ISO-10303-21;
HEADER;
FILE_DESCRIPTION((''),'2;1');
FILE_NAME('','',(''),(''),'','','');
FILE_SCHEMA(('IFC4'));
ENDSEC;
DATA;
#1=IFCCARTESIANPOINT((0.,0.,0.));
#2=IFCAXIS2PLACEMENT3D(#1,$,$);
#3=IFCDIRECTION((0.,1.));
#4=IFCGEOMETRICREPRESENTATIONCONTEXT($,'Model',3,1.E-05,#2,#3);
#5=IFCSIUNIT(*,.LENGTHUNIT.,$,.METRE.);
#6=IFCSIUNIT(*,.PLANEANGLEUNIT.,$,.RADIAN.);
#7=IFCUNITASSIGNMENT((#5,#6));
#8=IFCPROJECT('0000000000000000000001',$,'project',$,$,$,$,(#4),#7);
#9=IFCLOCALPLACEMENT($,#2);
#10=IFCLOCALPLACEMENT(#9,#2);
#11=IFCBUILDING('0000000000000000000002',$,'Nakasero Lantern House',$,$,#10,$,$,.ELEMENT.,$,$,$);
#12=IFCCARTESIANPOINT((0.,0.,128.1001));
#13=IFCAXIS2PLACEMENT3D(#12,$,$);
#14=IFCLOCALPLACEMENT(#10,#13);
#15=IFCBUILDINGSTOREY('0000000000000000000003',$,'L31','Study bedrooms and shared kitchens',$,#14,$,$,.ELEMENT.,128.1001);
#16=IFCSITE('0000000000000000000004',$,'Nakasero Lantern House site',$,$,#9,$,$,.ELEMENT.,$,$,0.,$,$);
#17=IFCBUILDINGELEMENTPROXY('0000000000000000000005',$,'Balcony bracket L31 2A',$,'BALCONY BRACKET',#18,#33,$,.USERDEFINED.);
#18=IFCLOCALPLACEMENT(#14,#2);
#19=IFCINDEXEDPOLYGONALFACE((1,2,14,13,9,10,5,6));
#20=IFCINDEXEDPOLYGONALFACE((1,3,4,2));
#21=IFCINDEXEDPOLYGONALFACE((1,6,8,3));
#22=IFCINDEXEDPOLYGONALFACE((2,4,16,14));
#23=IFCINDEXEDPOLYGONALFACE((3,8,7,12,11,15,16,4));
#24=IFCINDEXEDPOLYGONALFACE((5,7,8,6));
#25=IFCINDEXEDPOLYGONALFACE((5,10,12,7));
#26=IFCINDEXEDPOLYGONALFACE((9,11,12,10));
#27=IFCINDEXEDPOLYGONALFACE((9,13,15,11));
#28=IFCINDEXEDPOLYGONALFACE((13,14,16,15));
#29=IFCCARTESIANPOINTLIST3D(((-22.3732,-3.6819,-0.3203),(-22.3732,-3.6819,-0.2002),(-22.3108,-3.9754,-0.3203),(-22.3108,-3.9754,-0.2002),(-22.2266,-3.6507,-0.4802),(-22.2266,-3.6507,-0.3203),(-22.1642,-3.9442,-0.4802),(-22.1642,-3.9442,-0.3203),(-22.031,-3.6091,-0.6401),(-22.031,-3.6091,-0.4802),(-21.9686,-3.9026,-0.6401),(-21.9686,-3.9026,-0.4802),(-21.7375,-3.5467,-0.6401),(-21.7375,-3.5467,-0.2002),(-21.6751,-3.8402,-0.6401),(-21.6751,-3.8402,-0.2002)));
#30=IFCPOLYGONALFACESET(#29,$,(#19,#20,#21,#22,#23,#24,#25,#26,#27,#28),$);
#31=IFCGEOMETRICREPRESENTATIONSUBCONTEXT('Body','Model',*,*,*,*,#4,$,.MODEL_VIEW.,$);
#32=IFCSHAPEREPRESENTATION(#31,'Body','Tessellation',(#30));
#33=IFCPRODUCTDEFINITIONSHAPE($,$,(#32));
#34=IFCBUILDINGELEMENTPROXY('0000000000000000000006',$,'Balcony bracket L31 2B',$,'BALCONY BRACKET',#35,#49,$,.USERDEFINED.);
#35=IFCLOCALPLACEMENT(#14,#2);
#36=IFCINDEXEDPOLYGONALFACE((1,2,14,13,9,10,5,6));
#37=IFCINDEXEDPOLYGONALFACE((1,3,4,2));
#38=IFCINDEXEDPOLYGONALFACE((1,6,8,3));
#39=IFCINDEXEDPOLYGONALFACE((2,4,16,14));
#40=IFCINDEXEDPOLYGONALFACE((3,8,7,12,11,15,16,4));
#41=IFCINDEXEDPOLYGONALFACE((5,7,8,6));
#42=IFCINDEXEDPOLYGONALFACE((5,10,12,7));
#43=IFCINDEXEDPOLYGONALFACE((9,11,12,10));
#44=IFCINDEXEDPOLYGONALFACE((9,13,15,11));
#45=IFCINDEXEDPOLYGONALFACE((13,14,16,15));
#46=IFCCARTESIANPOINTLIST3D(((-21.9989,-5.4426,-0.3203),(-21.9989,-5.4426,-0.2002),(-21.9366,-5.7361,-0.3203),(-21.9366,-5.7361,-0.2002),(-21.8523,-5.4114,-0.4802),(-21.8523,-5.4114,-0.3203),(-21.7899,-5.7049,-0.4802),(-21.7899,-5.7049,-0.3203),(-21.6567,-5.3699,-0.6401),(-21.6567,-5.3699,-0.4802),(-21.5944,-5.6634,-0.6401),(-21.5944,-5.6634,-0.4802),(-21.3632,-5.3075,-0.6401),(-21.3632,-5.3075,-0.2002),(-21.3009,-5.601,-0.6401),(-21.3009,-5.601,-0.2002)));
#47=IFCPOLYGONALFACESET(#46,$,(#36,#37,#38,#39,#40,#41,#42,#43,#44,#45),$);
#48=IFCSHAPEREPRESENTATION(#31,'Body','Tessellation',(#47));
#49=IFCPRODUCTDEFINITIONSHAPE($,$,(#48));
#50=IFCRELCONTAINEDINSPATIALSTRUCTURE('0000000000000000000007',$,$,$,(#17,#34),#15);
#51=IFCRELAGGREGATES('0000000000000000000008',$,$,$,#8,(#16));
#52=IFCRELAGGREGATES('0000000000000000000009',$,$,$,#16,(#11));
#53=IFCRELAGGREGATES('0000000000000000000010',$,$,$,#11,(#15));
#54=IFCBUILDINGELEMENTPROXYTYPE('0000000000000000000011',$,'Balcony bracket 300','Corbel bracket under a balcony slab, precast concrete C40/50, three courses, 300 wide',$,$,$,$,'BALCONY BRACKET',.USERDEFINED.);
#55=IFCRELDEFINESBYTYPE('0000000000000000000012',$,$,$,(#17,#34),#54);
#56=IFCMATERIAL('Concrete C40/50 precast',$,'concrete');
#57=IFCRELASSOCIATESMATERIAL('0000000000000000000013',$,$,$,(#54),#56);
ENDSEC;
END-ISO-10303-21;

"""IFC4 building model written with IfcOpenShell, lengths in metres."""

from ifc_helpers import new_model, si_unit, direction, frame, origin, place, context, subcontext, project, spatial, polyline, outline, extrude, material, type_object, element, save


model = new_model("IFC4")

# Units and contexts
model_context = context("Model", 3, precision=1e-05, world=origin(), true_north=direction((0.0, 1.0)))
body_context = subcontext(model_context, "Body", "Model", "MODEL_VIEW")
ifc_project = project(units=[si_unit("LENGTHUNIT", "METRE"), si_unit("PLANEANGLEUNIT", "RADIAN")], contexts=[model_context])

# Site, building, storey
site_placement = place(None, origin())
site = spatial("IfcSite", under=ifc_project, at=site_placement, Name="Nakasero Lantern House site", CompositionType="ELEMENT", RefElevation=0.0)
building_placement = place(site_placement, origin())
building = spatial("IfcBuilding", under=site, at=building_placement, Name="Nakasero Lantern House", CompositionType="ELEMENT")
storey_placement = place(building_placement, frame((0.0, 0.0, 128.1001)))
storey = spatial("IfcBuildingStorey", under=building, at=storey_placement, Name="L31", Description="Study bedrooms and shared kitchens", CompositionType="ELEMENT", Elevation=128.1001)

# Building element proxies
ifc_material_1 = material(Name="Concrete C40/50 precast", Category="concrete")
building_element_proxy_type = type_object("IfcBuildingElementProxyType", Name="Balcony bracket 300", Description="Corbel bracket under a balcony slab, precast concrete C40/50, three courses, 300 wide", ElementType="BALCONY BRACKET", PredefinedType="USERDEFINED", material=ifc_material_1)
for number, where, z_axis, x_axis, name in (
    (1, (-21.7063, -3.6936, -0.2002), (0.0, 0.0, 1.0), (-0.978148, -0.207912, 0.0), "Balcony bracket L31 2A"),
    (2, (-21.332, -5.4543, -0.2002), (0.0, 0.0, 1.0), (-0.978148, -0.207912, 0.0), "Balcony bracket L31 2B"),
):
    element("IfcBuildingElementProxy", number, at=place(storey_placement, frame(where, z_axis=z_axis, x_axis=x_axis)), inside=storey, type_object=building_element_proxy_type, Name=name, ObjectType="BALCONY BRACKET", PredefinedType="USERDEFINED", context=body_context, shape_type="SweptSolid", body=[
        extrude(outline(polyline([(0.0, 0.0), (0.6499, 0.0), (0.6499, -0.1201), (0.5, -0.1201), (0.5, -0.28), (0.3, -0.28), (0.3, -0.4399), (0.0, -0.4399), (0.0, 0.0)])), frame((0.0, 0.1499, 0.0), z_axis=(0.0, -1.0, 0.0), x_axis=(1.0, 0.0, 0.0)), (0.0, 0.0, 1.0), 0.3),
    ])

save(model, "model.ifc")
